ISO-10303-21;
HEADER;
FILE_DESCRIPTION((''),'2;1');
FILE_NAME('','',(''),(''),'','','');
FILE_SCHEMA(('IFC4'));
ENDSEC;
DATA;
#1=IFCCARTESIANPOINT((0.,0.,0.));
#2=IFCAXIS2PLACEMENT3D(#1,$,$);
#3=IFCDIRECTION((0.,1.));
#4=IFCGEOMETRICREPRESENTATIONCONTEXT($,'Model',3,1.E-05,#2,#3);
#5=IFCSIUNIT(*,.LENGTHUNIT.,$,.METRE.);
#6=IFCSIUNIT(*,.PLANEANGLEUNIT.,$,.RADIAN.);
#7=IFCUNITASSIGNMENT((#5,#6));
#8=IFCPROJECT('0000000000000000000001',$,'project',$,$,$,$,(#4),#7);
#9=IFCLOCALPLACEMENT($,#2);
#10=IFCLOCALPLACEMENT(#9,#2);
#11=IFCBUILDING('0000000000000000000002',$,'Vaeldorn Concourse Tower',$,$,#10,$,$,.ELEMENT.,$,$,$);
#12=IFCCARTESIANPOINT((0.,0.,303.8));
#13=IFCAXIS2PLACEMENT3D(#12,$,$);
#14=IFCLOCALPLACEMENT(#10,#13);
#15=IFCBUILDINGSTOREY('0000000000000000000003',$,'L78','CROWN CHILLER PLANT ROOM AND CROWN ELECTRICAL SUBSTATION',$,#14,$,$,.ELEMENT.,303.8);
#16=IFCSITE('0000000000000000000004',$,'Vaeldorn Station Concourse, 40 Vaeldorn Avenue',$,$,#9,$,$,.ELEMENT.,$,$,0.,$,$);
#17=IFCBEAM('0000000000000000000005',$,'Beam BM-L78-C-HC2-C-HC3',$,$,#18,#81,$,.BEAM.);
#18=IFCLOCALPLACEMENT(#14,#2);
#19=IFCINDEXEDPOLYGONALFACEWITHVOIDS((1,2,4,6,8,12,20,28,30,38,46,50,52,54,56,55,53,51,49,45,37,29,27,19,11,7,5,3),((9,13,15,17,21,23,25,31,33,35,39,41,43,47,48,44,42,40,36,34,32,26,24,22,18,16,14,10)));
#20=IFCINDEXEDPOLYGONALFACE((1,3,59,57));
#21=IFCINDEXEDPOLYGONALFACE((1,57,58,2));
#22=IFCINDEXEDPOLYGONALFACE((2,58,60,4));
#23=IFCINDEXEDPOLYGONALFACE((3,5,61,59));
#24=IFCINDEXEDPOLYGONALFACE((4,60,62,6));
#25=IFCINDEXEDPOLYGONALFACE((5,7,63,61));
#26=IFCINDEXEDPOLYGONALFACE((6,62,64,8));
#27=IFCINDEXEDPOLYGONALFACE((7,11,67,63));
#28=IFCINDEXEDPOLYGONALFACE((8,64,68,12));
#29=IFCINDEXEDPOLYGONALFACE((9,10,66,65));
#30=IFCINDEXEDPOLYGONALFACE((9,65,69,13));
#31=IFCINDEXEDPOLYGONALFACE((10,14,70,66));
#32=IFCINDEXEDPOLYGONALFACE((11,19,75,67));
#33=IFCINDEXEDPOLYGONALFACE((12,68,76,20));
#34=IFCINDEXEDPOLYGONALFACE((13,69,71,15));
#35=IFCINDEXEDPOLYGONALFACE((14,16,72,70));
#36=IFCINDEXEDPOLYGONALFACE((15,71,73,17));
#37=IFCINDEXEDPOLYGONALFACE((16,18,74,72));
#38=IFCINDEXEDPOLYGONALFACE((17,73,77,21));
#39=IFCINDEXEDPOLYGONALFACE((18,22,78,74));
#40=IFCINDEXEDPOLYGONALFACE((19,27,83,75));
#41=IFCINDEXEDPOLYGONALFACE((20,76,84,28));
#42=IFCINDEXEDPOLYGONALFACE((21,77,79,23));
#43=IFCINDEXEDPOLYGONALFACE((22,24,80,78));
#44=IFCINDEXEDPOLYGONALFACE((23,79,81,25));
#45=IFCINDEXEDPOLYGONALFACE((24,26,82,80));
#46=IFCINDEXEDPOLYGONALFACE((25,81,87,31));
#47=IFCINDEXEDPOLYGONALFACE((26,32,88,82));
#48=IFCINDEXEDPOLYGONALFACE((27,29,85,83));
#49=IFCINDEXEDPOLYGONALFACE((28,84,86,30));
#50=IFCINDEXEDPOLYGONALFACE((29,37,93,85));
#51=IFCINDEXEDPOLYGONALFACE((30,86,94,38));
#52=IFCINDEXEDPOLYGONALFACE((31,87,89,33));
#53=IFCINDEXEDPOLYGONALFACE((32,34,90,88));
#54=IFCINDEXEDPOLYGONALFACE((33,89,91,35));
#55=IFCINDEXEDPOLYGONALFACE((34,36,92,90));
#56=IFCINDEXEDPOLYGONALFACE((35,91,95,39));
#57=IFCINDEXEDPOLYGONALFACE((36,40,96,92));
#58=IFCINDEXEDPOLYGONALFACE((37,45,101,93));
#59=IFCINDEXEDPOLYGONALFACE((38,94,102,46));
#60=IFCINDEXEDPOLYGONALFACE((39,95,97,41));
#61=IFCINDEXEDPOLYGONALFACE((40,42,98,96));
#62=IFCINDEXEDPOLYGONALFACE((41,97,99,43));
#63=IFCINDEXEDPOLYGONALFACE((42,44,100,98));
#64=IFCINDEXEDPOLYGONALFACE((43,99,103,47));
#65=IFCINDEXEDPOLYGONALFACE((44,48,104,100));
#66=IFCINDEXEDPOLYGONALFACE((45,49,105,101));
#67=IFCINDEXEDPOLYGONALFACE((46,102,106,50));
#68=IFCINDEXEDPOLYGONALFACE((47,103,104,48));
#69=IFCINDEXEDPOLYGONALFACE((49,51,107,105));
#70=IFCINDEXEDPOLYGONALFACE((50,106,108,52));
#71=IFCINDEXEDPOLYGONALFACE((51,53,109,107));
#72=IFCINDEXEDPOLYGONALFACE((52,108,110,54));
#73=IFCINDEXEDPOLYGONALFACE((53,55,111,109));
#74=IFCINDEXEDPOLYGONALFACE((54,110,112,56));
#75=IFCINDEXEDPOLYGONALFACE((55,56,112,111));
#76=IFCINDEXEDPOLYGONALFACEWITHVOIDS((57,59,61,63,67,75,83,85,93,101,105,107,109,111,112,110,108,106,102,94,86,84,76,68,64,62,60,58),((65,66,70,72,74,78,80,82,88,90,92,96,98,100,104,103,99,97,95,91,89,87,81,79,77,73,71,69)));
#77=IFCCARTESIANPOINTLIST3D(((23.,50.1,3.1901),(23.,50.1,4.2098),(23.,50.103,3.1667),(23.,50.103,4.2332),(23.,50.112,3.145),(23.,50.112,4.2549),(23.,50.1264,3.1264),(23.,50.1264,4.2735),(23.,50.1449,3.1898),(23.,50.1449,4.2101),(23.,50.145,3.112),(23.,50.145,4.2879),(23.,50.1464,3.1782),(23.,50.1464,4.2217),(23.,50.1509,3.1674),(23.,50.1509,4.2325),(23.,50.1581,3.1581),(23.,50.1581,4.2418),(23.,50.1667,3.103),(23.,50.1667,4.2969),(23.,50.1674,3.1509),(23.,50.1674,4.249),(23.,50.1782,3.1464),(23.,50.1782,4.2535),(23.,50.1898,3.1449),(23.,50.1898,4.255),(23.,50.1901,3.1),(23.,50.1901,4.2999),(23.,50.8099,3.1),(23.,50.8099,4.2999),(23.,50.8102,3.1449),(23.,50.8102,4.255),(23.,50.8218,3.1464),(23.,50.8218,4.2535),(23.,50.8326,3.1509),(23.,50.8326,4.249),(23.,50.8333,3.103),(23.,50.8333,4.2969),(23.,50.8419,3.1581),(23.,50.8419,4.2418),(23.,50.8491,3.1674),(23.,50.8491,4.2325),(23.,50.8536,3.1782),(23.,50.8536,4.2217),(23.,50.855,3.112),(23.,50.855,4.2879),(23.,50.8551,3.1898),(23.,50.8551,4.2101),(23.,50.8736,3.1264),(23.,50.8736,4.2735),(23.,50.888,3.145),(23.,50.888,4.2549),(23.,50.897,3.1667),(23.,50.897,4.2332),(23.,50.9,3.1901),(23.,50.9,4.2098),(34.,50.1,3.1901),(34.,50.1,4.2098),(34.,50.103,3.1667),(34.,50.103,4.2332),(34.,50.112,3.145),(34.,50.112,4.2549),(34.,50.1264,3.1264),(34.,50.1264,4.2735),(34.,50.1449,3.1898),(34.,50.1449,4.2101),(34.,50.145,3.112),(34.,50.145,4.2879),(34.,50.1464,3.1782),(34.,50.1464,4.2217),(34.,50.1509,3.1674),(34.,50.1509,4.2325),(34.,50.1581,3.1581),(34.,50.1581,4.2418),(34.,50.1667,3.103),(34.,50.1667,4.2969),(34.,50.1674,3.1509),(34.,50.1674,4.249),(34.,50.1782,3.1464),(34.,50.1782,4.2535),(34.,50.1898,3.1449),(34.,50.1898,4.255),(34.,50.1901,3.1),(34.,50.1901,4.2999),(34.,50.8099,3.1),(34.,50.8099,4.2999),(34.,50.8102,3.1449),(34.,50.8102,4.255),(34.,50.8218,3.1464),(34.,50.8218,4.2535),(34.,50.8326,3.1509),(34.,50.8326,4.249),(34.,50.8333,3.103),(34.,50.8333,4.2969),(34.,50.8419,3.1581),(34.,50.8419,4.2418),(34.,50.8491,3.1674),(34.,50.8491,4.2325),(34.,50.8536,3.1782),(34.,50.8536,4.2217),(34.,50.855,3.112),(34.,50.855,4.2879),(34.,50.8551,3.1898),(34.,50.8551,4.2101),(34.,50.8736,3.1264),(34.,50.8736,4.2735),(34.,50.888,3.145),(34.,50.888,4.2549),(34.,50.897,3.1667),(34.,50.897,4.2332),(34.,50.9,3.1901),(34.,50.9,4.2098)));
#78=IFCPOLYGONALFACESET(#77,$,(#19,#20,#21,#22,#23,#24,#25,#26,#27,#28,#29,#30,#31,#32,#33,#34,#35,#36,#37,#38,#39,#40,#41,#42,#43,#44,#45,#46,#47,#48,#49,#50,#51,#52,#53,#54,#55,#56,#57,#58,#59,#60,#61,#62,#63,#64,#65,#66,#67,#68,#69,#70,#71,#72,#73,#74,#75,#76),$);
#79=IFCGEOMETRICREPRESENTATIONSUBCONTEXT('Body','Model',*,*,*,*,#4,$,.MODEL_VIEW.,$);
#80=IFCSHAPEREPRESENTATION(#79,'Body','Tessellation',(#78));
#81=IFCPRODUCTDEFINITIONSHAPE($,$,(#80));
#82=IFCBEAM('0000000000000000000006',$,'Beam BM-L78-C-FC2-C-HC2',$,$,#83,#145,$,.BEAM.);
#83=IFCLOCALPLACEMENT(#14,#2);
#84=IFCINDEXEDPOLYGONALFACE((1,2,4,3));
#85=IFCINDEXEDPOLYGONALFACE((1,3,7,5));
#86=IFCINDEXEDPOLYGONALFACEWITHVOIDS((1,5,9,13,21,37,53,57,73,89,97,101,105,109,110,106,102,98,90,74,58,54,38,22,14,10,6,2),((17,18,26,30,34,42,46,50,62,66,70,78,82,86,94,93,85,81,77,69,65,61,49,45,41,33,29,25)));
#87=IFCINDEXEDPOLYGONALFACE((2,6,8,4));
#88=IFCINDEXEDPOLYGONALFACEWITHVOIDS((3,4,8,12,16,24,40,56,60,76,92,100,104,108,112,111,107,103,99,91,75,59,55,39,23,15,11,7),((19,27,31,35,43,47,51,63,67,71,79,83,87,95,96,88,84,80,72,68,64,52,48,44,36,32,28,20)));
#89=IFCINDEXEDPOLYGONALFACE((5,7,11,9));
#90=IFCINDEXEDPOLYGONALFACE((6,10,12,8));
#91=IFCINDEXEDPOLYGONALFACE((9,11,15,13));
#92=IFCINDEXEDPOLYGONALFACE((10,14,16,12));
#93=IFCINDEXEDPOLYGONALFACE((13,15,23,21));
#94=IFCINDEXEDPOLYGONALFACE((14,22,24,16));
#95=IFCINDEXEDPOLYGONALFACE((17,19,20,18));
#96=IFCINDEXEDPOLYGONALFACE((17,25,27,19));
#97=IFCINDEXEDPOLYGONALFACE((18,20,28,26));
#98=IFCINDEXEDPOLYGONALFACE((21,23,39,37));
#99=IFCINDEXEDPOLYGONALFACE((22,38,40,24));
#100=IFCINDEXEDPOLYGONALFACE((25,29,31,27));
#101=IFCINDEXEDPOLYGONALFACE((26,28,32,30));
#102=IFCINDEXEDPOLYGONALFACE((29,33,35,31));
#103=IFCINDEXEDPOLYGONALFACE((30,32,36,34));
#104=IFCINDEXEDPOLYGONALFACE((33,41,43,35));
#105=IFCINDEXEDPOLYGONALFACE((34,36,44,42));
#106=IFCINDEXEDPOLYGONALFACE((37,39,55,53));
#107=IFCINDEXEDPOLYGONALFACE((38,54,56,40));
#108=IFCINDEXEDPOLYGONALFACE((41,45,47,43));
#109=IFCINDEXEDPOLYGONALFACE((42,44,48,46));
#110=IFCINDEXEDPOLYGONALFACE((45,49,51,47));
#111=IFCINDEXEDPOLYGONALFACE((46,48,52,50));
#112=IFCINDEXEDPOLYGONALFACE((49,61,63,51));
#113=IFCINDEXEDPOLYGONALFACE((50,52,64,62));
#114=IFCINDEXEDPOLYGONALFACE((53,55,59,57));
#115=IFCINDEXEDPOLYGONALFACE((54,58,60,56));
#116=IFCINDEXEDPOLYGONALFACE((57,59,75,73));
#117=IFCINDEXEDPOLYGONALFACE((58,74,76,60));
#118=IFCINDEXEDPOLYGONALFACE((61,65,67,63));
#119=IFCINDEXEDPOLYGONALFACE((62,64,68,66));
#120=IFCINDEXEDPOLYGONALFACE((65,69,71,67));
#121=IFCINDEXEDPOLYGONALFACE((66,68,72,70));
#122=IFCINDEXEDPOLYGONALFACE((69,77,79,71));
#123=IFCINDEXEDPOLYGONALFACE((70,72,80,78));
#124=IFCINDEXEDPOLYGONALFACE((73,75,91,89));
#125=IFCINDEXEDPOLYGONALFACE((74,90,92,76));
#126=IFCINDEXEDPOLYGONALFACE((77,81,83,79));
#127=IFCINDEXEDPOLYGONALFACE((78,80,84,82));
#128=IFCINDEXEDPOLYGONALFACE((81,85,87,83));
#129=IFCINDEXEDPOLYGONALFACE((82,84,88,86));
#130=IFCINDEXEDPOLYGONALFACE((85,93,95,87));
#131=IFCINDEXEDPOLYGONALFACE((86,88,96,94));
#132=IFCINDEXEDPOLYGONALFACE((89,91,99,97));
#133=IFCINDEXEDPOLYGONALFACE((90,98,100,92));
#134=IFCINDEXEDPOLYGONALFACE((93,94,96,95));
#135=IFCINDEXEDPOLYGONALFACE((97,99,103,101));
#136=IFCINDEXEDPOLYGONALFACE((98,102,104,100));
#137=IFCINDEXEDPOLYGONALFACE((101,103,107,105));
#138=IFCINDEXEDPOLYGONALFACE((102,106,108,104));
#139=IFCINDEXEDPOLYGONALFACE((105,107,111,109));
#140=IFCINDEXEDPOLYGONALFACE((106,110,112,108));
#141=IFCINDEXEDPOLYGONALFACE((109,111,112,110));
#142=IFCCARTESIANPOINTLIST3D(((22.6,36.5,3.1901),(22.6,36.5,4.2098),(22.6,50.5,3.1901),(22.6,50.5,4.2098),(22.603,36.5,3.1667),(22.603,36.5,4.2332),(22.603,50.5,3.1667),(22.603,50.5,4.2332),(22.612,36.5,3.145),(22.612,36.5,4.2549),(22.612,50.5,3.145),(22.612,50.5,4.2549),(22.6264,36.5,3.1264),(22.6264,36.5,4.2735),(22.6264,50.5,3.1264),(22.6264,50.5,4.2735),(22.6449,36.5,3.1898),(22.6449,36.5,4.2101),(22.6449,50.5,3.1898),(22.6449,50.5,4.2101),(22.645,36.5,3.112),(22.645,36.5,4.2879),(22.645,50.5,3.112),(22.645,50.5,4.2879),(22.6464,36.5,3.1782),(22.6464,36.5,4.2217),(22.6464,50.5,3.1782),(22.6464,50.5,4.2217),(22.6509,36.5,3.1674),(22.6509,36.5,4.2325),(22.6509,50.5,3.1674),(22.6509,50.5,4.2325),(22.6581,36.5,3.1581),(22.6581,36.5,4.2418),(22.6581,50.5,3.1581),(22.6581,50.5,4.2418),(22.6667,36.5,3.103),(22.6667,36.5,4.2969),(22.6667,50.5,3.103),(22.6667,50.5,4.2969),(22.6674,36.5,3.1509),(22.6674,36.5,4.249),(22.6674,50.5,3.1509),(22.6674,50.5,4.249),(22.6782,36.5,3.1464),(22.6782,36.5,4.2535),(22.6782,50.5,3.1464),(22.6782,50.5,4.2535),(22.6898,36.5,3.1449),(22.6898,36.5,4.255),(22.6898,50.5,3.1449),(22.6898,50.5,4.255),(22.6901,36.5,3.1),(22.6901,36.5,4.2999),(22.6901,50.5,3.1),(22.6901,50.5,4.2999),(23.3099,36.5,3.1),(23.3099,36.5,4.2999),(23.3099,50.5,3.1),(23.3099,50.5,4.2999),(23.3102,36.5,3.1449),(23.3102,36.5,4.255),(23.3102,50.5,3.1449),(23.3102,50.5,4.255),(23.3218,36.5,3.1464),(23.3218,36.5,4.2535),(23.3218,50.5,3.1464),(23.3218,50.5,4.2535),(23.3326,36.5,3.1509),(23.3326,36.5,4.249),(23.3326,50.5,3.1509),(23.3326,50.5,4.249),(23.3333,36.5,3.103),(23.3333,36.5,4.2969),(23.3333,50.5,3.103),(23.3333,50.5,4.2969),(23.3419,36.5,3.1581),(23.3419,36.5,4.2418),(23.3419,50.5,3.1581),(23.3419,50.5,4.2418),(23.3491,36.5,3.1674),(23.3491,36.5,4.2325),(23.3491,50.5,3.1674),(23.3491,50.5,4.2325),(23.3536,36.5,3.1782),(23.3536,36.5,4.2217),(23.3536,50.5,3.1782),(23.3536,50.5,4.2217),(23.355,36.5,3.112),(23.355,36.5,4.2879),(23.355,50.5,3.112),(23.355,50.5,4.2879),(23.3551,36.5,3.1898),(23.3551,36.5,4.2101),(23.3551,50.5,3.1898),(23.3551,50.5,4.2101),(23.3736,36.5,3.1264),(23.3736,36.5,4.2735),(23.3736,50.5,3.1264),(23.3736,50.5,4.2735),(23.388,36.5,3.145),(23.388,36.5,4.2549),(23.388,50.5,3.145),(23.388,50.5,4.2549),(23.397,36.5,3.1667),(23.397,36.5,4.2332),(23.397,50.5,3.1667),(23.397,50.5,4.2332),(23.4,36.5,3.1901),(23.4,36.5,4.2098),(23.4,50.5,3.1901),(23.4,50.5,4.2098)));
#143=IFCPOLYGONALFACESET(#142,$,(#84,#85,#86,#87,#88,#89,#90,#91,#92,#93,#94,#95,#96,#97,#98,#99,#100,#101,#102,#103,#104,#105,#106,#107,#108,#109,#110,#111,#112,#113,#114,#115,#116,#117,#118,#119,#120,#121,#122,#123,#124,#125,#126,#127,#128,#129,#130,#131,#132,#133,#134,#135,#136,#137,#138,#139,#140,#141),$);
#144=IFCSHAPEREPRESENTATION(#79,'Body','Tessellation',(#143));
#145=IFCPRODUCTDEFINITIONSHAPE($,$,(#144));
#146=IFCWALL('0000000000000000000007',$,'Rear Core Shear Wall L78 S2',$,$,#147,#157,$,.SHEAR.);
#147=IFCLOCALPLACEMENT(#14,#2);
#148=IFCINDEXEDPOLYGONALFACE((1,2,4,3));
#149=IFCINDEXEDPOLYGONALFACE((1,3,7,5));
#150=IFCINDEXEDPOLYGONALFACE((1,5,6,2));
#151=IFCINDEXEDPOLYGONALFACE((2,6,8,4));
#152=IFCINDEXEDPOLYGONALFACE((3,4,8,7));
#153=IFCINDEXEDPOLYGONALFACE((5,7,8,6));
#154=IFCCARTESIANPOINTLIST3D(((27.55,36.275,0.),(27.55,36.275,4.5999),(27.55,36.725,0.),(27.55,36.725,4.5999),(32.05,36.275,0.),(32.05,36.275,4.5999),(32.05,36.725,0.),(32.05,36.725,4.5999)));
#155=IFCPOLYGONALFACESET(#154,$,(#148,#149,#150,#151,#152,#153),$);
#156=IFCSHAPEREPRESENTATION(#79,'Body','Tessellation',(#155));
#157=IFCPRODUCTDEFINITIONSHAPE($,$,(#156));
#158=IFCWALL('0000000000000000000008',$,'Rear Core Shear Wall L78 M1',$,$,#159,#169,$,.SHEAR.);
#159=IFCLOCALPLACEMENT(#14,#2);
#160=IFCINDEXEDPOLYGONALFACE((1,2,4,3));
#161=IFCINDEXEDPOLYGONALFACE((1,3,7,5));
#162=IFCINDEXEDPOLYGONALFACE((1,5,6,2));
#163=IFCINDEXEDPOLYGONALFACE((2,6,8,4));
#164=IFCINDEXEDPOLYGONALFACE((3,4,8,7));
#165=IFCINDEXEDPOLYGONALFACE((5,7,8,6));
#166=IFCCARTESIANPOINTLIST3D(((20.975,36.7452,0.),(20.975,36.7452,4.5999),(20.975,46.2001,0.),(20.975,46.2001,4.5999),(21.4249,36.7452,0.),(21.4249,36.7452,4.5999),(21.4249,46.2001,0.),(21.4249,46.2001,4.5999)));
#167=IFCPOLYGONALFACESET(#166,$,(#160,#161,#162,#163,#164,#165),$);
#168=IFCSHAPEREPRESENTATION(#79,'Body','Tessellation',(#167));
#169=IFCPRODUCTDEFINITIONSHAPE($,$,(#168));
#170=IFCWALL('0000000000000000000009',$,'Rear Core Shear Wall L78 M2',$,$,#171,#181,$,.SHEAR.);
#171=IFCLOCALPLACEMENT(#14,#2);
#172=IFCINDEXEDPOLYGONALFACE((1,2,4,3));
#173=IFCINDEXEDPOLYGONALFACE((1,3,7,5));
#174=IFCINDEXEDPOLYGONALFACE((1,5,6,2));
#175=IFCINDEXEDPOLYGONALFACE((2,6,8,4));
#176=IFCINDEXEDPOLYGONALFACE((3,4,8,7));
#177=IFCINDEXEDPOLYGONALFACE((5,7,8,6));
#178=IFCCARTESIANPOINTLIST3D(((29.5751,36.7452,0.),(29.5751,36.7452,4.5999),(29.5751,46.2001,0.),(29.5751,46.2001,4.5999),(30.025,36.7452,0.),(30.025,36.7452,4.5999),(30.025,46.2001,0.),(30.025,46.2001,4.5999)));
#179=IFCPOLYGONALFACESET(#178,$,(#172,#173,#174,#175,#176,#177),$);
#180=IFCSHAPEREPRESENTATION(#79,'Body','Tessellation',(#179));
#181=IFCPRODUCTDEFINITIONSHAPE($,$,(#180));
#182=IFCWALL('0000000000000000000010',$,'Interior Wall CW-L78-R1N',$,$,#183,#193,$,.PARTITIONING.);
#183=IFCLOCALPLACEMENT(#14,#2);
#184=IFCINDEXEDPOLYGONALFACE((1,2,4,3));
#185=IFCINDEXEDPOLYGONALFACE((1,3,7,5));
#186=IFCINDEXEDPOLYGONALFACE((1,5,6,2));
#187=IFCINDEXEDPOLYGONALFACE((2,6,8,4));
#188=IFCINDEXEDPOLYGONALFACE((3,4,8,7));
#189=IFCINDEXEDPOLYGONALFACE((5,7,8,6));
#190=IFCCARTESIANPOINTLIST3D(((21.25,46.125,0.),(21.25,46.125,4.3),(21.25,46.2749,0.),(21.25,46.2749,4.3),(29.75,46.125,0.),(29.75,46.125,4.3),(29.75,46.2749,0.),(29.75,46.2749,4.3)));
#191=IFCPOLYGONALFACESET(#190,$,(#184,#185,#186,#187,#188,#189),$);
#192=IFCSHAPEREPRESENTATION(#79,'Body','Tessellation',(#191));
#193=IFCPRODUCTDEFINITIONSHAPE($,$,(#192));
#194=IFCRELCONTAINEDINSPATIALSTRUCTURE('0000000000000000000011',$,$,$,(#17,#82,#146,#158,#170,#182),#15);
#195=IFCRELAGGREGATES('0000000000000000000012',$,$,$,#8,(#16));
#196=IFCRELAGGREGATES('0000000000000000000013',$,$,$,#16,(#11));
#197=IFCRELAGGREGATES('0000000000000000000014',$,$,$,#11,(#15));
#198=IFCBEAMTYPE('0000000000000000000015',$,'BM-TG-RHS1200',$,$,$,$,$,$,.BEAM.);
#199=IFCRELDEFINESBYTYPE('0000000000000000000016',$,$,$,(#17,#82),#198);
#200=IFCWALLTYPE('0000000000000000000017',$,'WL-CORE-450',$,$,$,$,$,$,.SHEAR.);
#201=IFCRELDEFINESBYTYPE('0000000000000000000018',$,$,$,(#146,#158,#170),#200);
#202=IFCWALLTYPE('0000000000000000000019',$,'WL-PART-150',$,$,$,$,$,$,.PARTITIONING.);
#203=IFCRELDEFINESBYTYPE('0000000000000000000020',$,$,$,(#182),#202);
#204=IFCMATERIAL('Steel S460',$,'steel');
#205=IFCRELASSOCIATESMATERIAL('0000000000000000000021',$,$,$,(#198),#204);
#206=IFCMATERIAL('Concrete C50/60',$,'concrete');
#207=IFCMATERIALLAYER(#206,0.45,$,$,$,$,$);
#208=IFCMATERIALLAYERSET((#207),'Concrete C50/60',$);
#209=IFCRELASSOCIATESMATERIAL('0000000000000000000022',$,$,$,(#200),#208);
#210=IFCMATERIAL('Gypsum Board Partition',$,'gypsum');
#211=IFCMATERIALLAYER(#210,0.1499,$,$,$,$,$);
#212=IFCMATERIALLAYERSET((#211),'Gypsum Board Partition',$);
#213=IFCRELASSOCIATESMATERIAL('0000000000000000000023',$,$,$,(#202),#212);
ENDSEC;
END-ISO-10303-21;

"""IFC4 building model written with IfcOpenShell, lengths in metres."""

from ifc_helpers import new_model, si_unit, direction, frame, frame_2d, origin, origin_2d, place, context, subcontext, project, spatial, rectangle, hollow_rectangle, extrude, source, transform, mapped, material, layer, layer_set, material_profile, profile_set, type_object, element, save


model = new_model("IFC4")

# Units and contexts
model_context = context("Model", 3, precision=1e-05, world=origin(), true_north=direction((0.0, 1.0)))
body_context = subcontext(model_context, "Body", "Model", "MODEL_VIEW")
ifc_project = project(units=[si_unit("LENGTHUNIT", "METRE"), si_unit("PLANEANGLEUNIT", "RADIAN")], contexts=[model_context])

# Site, building, storey
site_placement = place(None, origin())
site = spatial("IfcSite", under=ifc_project, at=site_placement, Name="Vaeldorn Station Concourse, 40 Vaeldorn Avenue", CompositionType="ELEMENT", RefElevation=0.0)
building_placement = place(site_placement, origin())
building = spatial("IfcBuilding", under=site, at=building_placement, Name="Vaeldorn Concourse Tower", CompositionType="ELEMENT")
storey_placement = place(building_placement, frame((0.0, 0.0, 303.8)))
storey = spatial("IfcBuildingStorey", under=building, at=storey_placement, Name="L78", Description="CROWN CHILLER PLANT ROOM AND CROWN ELECTRICAL SUBSTATION", CompositionType="ELEMENT", Elevation=303.8)

# Beams
ifc_material_1 = material(Name="Steel S460", Category="steel")
ifc_material_profile_1 = material_profile(ifc_material_1, hollow_rectangle(XDim=0.8, YDim=1.2, WallThickness=0.0449, InnerFilletRadius=0.0449, OuterFilletRadius=0.0901, at=origin_2d()), Name="RHS 1200x800x45")
ifc_profile_set_1 = profile_set([ifc_material_profile_1], Name="Steel S460")
beam_type = type_object("IfcBeamType", Name="BM-TG-RHS1200", PredefinedType="BEAM", material=ifc_profile_set_1)
shared_shape_1 = source(origin(), body_context, "Body", "SweptSolid", [
    extrude(hollow_rectangle(XDim=0.8, YDim=1.2, WallThickness=0.0449, InnerFilletRadius=0.0449, OuterFilletRadius=0.0901, at=origin_2d()), origin(), (0.0, 0.0, 1.0), 11.0),
])
beam_1_placement = place(storey_placement, frame((23.0, 50.5, 3.7), z_axis=(1.0, 0.0, 0.0), x_axis=(0.0, 1.0, 0.0)))
element("IfcBeam", 1, at=beam_1_placement, inside=storey, type_object=beam_type, Name="Beam BM-L78-C-HC2-C-HC3", PredefinedType="BEAM", context=body_context, shape_type="MappedRepresentation", body=[
    mapped(shared_shape_1, transform((0.0, 0.0, 0.0), scale=1.0)),
])
shared_shape_2 = source(origin(), body_context, "Body", "SweptSolid", [
    extrude(hollow_rectangle(XDim=0.8, YDim=1.2, WallThickness=0.0449, InnerFilletRadius=0.0449, OuterFilletRadius=0.0901, at=origin_2d()), origin(), (0.0, 0.0, 1.0), 14.0),
])
beam_2_placement = place(storey_placement, frame((23.0, 36.5, 3.7), z_axis=(0.0, 1.0, 0.0), x_axis=(-1.0, 0.0, 0.0)))
element("IfcBeam", 2, at=beam_2_placement, inside=storey, type_object=beam_type, Name="Beam BM-L78-C-FC2-C-HC2", PredefinedType="BEAM", context=body_context, shape_type="MappedRepresentation", body=[
    mapped(shared_shape_2, transform((0.0, 0.0, 0.0), scale=1.0)),
])

# Walls
ifc_material_2 = material(Name="Concrete C50/60", Category="concrete")
ifc_layer_1 = layer(ifc_material_2, 0.45)
ifc_layer_set_1 = layer_set([ifc_layer_1], Name="Concrete C50/60")
wall_type_1 = type_object("IfcWallType", Name="WL-CORE-450", PredefinedType="SHEAR", material=ifc_layer_set_1)
wall_1_placement = place(storey_placement, frame((27.55, 36.5, 0.0), z_axis=(0.0, 0.0, 1.0), x_axis=(1.0, 0.0, 0.0)))
element("IfcWall", 3, at=wall_1_placement, inside=storey, type_object=wall_type_1, Name="Rear Core Shear Wall L78 S2", PredefinedType="SHEAR", context=body_context, shape_type="SweptSolid", body=[
    extrude(rectangle(XDim=4.5, YDim=0.45, at=frame_2d((2.25, 0.0))), origin(), (0.0, 0.0, 1.0), 4.5999),
])
for number, where, z_axis, x_axis, name in (
    (4, (21.2, 36.7451, 0.0), (0.0, 0.0, 1.0), (0.0, 1.0, 0.0), "Rear Core Shear Wall L78 M1"),
    (5, (29.8, 36.7451, 0.0), (0.0, 0.0, 1.0), (0.0, 1.0, 0.0), "Rear Core Shear Wall L78 M2"),
):
    element("IfcWall", number, at=place(storey_placement, frame(where, z_axis=z_axis, x_axis=x_axis)), inside=storey, type_object=wall_type_1, Name=name, PredefinedType="SHEAR", context=body_context, shape_type="SweptSolid", body=[
        extrude(rectangle(XDim=9.4548, YDim=0.45, at=frame_2d((4.7275, 0.0))), origin(), (0.0, 0.0, 1.0), 4.5999),
    ])
ifc_material_3 = material(Name="Gypsum Board Partition", Category="gypsum")
ifc_layer_2 = layer(ifc_material_3, 0.1499)
ifc_layer_set_2 = layer_set([ifc_layer_2], Name="Gypsum Board Partition")
wall_type_2 = type_object("IfcWallType", Name="WL-PART-150", PredefinedType="PARTITIONING", material=ifc_layer_set_2)
wall_2_placement = place(storey_placement, frame((21.25, 46.2, 0.0), z_axis=(0.0, 0.0, 1.0), x_axis=(1.0, 0.0, 0.0)))
element("IfcWall", 6, at=wall_2_placement, inside=storey, type_object=wall_type_2, Name="Interior Wall CW-L78-R1N", PredefinedType="PARTITIONING", context=body_context, shape_type="SweptSolid", body=[
    extrude(rectangle(XDim=8.5, YDim=0.1499, at=frame_2d((4.25, 0.0))), origin(), (0.0, 0.0, 1.0), 4.3),
])

save(model, "model.ifc")
